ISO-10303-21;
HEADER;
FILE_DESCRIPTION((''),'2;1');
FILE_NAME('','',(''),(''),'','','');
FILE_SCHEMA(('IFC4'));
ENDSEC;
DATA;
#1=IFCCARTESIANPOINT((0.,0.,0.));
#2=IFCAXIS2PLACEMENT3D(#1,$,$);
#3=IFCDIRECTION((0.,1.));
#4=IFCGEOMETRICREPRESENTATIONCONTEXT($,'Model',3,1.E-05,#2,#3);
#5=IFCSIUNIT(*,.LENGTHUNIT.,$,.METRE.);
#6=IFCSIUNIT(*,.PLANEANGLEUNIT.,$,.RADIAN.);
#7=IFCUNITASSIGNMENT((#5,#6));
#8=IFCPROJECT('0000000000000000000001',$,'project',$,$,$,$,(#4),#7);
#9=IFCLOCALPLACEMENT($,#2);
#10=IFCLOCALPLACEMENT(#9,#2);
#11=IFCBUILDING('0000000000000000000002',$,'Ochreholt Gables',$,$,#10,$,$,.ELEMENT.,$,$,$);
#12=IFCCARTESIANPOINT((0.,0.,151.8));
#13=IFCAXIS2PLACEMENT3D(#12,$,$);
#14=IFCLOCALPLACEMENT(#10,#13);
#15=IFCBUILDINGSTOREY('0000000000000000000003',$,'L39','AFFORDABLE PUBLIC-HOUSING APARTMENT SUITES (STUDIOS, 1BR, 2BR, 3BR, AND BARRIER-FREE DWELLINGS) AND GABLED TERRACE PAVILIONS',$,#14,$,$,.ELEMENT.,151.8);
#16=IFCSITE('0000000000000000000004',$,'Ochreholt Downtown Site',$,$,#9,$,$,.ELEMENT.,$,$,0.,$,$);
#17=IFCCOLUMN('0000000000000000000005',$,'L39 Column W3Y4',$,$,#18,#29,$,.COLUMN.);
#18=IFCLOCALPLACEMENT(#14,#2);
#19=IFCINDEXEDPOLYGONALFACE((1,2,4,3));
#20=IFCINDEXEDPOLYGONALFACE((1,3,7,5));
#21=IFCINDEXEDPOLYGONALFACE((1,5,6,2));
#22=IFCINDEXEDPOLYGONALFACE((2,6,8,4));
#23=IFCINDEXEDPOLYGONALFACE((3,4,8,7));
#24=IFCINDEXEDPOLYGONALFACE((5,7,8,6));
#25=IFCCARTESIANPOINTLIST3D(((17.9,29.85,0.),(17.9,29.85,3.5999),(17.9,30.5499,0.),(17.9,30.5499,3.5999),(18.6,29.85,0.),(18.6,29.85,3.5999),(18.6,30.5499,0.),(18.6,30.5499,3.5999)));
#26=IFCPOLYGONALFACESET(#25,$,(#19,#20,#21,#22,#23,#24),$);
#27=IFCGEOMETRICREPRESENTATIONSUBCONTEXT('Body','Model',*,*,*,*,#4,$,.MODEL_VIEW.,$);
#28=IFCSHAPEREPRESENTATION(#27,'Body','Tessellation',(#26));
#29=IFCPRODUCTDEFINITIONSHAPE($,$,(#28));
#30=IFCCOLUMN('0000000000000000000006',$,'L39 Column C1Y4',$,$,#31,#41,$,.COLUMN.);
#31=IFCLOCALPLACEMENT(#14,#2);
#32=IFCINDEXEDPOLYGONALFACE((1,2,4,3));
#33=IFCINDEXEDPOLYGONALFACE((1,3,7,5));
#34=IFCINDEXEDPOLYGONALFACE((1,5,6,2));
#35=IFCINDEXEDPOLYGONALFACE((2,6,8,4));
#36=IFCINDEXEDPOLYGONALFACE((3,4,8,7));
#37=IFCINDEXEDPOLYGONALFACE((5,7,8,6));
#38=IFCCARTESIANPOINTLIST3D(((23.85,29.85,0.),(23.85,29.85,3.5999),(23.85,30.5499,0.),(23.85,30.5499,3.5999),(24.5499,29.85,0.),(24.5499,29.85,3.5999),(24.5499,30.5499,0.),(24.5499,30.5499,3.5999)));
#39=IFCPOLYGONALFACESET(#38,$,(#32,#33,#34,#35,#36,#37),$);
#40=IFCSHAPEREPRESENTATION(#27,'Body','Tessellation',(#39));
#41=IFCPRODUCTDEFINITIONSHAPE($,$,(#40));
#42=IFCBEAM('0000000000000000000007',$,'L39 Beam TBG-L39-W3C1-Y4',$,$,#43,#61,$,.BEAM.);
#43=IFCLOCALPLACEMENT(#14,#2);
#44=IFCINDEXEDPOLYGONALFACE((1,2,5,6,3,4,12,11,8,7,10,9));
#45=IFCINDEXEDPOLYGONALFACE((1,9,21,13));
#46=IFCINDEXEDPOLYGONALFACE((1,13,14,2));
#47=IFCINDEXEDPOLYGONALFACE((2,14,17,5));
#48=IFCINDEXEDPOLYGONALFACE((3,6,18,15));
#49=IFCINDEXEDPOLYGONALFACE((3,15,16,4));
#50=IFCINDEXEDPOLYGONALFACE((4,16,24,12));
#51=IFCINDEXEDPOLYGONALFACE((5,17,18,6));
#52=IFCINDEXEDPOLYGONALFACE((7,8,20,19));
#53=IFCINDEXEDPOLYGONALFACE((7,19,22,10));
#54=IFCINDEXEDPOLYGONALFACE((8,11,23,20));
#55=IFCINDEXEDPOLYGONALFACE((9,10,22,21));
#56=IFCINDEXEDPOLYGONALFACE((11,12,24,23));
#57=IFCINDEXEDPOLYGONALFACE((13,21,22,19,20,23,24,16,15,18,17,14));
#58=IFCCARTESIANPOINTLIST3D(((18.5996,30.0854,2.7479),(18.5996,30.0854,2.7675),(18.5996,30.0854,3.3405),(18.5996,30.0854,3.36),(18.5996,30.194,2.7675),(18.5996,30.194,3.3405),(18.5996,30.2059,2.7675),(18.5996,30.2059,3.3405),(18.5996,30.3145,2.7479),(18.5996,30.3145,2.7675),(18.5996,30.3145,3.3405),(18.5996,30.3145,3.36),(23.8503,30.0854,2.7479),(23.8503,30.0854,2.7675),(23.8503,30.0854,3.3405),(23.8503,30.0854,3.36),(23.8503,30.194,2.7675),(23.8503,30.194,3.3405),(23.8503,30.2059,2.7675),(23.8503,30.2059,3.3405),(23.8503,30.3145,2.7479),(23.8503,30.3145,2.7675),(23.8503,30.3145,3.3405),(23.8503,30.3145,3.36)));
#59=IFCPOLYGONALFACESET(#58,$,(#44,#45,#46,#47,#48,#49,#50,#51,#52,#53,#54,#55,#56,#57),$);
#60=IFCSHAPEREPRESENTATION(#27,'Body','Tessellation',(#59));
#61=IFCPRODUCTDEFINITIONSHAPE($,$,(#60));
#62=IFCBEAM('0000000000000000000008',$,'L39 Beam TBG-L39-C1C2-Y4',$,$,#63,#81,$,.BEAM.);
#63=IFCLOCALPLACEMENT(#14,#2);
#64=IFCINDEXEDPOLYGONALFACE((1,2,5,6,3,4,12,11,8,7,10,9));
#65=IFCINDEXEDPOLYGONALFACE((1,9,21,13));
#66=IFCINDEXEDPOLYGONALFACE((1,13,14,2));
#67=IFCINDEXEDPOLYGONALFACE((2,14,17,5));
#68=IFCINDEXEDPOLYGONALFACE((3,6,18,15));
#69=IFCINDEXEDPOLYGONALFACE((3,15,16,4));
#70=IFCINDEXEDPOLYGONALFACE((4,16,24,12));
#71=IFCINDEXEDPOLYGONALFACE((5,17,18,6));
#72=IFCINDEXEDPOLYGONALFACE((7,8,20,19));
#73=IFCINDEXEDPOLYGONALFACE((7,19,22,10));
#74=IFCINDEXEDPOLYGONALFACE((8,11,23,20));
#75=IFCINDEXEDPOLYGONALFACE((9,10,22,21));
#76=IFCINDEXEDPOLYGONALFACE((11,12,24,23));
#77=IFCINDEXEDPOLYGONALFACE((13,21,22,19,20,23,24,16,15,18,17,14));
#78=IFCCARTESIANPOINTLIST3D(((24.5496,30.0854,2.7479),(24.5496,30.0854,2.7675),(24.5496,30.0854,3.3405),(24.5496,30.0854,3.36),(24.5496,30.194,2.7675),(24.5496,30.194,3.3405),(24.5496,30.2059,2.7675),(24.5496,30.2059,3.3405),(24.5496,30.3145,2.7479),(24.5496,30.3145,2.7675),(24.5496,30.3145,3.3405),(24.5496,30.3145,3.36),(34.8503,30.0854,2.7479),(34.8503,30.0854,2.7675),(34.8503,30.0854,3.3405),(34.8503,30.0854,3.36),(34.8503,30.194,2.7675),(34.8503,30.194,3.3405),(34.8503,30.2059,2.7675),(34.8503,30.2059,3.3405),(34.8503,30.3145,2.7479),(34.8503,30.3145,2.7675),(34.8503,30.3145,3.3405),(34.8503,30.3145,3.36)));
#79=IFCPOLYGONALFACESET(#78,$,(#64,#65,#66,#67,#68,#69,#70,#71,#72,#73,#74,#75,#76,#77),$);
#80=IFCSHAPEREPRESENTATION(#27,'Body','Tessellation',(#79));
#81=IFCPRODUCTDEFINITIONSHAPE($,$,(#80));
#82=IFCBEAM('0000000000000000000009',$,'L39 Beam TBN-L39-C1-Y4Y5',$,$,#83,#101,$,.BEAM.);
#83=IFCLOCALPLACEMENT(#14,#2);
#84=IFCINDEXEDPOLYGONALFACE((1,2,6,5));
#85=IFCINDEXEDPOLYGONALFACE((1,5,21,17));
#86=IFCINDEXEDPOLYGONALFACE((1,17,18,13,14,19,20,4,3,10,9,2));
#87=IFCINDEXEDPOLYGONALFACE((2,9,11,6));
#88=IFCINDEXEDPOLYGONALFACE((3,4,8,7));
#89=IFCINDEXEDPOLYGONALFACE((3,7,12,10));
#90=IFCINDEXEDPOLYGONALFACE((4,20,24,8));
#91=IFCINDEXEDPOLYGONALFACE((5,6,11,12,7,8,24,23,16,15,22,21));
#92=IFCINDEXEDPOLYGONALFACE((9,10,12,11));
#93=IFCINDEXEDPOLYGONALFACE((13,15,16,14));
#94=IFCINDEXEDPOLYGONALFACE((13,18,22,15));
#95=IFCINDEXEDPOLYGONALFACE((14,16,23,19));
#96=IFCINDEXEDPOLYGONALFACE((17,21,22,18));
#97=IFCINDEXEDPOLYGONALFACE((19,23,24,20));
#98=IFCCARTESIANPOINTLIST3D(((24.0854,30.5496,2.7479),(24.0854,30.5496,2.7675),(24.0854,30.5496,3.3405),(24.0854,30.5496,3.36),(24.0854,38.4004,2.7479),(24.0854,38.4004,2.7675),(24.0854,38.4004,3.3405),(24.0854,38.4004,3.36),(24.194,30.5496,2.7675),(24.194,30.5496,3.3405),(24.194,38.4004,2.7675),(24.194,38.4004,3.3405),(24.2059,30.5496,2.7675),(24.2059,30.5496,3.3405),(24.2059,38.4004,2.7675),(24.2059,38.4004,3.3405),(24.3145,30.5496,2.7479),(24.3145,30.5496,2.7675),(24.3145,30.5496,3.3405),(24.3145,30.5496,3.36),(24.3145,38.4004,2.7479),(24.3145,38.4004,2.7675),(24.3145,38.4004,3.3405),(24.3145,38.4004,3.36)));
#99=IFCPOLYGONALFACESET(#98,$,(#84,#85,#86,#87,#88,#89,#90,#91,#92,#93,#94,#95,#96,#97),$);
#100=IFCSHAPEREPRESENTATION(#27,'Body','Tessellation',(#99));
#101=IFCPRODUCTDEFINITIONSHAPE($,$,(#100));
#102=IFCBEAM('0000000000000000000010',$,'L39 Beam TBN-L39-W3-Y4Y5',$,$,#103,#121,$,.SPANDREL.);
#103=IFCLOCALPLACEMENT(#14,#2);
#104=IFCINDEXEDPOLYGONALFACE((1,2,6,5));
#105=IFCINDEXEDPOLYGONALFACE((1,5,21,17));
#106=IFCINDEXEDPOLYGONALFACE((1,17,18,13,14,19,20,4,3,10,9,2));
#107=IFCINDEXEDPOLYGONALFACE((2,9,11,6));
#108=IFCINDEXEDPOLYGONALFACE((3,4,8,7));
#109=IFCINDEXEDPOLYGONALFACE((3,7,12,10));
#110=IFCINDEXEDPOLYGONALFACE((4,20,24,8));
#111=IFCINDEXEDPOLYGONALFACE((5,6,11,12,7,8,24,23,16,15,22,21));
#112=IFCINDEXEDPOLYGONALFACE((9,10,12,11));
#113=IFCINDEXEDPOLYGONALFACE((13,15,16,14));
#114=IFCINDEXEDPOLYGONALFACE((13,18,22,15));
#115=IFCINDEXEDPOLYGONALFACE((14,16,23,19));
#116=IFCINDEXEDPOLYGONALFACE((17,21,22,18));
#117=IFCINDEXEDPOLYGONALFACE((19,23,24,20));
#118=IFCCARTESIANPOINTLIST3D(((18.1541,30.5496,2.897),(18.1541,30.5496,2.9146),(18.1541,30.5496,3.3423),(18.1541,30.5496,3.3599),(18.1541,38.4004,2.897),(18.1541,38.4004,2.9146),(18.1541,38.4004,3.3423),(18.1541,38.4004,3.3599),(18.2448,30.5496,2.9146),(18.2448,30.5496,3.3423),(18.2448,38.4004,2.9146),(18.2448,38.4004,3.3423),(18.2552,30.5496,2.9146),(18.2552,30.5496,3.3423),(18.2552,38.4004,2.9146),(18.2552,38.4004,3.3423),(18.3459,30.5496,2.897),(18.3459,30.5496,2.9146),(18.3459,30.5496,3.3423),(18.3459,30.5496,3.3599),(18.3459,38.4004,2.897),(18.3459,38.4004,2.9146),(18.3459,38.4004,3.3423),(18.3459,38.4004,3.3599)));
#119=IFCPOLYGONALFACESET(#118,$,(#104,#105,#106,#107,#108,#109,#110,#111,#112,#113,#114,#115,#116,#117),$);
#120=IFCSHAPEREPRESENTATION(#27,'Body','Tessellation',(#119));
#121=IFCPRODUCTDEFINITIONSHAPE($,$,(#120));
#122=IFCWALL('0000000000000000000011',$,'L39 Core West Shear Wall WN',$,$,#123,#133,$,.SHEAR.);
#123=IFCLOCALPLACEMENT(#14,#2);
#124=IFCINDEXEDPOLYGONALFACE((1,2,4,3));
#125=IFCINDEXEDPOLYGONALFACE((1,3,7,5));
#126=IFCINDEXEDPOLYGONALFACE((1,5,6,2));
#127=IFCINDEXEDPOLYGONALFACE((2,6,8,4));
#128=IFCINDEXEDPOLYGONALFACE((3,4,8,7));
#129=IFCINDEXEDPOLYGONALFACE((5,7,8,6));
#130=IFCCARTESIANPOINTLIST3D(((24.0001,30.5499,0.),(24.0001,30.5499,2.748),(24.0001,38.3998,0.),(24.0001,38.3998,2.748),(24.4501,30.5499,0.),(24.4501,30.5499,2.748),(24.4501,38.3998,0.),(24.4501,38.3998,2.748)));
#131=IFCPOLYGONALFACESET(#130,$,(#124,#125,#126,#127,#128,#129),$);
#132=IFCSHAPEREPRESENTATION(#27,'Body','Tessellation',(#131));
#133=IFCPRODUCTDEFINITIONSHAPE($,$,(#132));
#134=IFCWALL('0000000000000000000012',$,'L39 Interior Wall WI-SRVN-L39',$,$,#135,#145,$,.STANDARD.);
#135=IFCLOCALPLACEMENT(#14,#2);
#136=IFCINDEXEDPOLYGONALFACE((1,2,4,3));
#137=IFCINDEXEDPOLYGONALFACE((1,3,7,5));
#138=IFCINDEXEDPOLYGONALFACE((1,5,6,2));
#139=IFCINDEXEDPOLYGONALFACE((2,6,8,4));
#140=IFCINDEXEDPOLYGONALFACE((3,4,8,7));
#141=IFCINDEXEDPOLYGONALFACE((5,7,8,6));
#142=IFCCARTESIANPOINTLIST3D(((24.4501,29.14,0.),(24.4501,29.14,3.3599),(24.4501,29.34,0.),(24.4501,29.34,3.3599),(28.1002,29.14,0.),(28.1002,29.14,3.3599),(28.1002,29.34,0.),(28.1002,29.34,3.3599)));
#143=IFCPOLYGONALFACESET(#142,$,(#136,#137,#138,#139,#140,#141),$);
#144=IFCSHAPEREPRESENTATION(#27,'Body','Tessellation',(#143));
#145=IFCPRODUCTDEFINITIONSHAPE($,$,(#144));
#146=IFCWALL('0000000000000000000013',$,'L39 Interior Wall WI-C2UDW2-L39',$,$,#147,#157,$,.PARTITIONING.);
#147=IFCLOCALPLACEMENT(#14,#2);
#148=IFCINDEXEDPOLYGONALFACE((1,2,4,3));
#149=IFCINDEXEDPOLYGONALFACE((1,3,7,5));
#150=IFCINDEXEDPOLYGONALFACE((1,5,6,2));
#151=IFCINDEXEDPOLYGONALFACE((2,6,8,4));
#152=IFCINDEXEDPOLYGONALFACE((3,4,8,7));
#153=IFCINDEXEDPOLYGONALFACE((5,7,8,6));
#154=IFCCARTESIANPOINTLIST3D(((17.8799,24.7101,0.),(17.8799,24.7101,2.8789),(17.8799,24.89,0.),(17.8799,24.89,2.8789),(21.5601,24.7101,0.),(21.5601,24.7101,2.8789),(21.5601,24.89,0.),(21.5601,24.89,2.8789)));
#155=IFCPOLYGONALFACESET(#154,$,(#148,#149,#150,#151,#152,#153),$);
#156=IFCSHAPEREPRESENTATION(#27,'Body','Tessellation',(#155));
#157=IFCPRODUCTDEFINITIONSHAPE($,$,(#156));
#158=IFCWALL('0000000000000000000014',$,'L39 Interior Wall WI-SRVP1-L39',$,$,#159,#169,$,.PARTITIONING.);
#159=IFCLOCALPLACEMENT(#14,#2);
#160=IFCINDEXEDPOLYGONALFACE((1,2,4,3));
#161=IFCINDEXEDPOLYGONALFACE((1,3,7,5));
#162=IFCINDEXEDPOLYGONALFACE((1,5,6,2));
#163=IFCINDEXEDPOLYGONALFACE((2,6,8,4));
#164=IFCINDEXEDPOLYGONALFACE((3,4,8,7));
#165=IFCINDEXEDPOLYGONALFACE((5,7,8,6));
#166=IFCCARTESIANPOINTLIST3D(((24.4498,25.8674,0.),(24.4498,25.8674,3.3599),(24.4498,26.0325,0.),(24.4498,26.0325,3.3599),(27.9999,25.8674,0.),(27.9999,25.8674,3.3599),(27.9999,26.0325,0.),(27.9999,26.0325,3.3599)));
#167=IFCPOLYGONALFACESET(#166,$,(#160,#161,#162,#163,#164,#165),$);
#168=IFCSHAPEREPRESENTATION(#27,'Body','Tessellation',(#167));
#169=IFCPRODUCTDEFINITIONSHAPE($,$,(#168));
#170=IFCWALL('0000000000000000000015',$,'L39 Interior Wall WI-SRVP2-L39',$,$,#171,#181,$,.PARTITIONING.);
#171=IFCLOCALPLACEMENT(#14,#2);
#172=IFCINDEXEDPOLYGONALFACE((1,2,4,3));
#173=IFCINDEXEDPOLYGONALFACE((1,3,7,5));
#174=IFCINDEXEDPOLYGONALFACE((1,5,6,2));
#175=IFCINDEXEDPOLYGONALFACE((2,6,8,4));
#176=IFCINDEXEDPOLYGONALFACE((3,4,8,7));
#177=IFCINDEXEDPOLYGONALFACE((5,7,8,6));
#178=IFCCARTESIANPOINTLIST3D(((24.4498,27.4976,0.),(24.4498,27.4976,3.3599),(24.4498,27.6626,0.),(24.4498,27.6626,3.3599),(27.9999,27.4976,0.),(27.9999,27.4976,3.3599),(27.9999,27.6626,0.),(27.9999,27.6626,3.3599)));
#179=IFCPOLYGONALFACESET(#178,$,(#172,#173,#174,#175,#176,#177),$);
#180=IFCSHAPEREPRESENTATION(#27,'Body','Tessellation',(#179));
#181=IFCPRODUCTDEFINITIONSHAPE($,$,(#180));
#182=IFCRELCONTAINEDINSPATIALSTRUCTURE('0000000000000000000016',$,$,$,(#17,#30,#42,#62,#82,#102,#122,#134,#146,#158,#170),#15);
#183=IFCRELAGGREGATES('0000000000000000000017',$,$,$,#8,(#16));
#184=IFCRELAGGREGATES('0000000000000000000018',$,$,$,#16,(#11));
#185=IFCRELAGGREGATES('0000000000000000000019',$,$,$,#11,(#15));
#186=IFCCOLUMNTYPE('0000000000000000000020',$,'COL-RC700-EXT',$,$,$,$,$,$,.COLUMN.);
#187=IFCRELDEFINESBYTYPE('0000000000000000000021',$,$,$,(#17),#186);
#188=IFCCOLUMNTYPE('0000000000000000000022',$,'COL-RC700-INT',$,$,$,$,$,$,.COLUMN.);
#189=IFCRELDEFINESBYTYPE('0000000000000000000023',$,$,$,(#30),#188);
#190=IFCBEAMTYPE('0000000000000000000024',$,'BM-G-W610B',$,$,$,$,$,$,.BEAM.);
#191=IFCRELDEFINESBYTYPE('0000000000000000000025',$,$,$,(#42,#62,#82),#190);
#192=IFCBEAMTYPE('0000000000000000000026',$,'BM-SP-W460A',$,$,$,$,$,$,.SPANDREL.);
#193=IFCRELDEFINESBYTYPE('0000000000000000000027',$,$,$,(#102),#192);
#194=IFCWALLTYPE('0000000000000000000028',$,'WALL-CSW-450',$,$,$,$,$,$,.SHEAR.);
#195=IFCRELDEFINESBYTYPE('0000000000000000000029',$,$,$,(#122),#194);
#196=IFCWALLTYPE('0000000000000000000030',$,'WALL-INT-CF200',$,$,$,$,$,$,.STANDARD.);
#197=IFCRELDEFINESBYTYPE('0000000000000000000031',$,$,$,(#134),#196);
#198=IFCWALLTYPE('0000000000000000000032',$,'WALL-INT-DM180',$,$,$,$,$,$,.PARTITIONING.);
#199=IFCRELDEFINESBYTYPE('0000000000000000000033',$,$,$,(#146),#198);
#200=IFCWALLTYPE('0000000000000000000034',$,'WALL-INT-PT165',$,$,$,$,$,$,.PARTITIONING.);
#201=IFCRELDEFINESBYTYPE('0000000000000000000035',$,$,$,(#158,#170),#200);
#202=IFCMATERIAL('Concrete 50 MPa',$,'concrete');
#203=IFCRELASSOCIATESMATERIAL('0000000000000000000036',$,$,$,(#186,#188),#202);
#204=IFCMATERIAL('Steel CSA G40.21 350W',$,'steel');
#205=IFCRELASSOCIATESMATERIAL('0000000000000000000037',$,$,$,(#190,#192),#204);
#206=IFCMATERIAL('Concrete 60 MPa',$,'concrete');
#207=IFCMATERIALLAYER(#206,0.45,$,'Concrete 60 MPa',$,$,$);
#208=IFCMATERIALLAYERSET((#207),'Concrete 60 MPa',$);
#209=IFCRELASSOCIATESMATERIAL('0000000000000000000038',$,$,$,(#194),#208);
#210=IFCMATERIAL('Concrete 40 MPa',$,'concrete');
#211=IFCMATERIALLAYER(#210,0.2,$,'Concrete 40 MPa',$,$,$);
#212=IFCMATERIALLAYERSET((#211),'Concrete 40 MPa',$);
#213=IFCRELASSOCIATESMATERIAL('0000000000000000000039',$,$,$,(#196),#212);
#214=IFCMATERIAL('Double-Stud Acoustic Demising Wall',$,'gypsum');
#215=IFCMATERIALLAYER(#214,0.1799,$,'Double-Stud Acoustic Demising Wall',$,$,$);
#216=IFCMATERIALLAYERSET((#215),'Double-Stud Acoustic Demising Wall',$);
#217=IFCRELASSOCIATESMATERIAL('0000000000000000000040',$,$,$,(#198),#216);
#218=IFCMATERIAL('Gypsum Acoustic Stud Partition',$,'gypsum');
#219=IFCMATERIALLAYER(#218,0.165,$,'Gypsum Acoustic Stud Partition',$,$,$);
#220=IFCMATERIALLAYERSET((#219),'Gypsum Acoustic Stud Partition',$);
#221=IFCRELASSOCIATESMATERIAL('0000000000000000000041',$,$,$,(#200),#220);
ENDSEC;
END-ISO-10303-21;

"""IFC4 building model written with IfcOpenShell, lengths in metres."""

from ifc_helpers import new_model, si_unit, direction, frame, frame_2d, origin, origin_2d, place, context, subcontext, project, spatial, rectangle, i_section, extrude, material, layer, layer_set, material_profile, profile_set, type_object, element, save


model = new_model("IFC4")

# Units and contexts
model_context = context("Model", 3, precision=1e-05, world=origin(), true_north=direction((0.0, 1.0)))
body_context = subcontext(model_context, "Body", "Model", "MODEL_VIEW")
ifc_project = project(units=[si_unit("LENGTHUNIT", "METRE"), si_unit("PLANEANGLEUNIT", "RADIAN")], contexts=[model_context])

# Site, building, storey
site_placement = place(None, origin())
site = spatial("IfcSite", under=ifc_project, at=site_placement, Name="Ochreholt Downtown Site", CompositionType="ELEMENT", RefElevation=0.0)
building_placement = place(site_placement, origin())
building = spatial("IfcBuilding", under=site, at=building_placement, Name="Ochreholt Gables", CompositionType="ELEMENT")
storey_placement = place(building_placement, frame((0.0, 0.0, 151.8)))
storey = spatial("IfcBuildingStorey", under=building, at=storey_placement, Name="L39", Description="AFFORDABLE PUBLIC-HOUSING APARTMENT SUITES (STUDIOS, 1BR, 2BR, 3BR, AND BARRIER-FREE DWELLINGS) AND GABLED TERRACE PAVILIONS", CompositionType="ELEMENT", Elevation=151.8)

# Columns
ifc_material_1 = material(Name="Concrete 50 MPa", Category="concrete")
ifc_material_profile_1 = material_profile(ifc_material_1, rectangle(XDim=0.7, YDim=0.7, at=origin_2d()), Name="RC700X700")
ifc_profile_set_1 = profile_set([ifc_material_profile_1], Name="Concrete 50 MPa")
column_type_1 = type_object("IfcColumnType", Name="COL-RC700-EXT", PredefinedType="COLUMN", material=ifc_profile_set_1)
column_1_placement = place(storey_placement, frame((18.25, 30.2, 0.0), z_axis=(0.0, 0.0, 1.0), x_axis=(1.0, 0.0, 0.0)))
element("IfcColumn", 1, at=column_1_placement, inside=storey, type_object=column_type_1, Name="L39 Column W3Y4", PredefinedType="COLUMN", context=body_context, shape_type="SweptSolid", body=[
    extrude(rectangle(XDim=0.7, YDim=0.7, at=origin_2d()), origin(), (0.0, 0.0, 1.0), 3.5999),
])
ifc_material_profile_2 = material_profile(ifc_material_1, rectangle(XDim=0.7, YDim=0.7, at=origin_2d()), Name="RC700X700")
ifc_profile_set_2 = profile_set([ifc_material_profile_2], Name="Concrete 50 MPa")
column_type_2 = type_object("IfcColumnType", Name="COL-RC700-INT", PredefinedType="COLUMN", material=ifc_profile_set_2)
column_2_placement = place(storey_placement, frame((24.2, 30.2, 0.0), z_axis=(0.0, 0.0, 1.0), x_axis=(1.0, 0.0, 0.0)))
element("IfcColumn", 2, at=column_2_placement, inside=storey, type_object=column_type_2, Name="L39 Column C1Y4", PredefinedType="COLUMN", context=body_context, shape_type="SweptSolid", body=[
    extrude(rectangle(XDim=0.7, YDim=0.7, at=origin_2d()), origin(), (0.0, 0.0, 1.0), 3.5999),
])

# Beams
ifc_material_2 = material(Name="Steel CSA G40.21 350W", Category="steel")
ifc_material_profile_3 = material_profile(ifc_material_2, i_section(OverallWidth=0.229, OverallDepth=0.6121, WebThickness=0.012, FlangeThickness=0.0195, at=origin_2d()), Name="W610X125")
ifc_profile_set_3 = profile_set([ifc_material_profile_3], Name="Steel CSA G40.21 350W")
beam_type_1 = type_object("IfcBeamType", Name="BM-G-W610B", PredefinedType="BEAM", material=ifc_profile_set_3)
beam_1_placement = place(storey_placement, frame((18.5996, 30.2, 3.054), z_axis=(1.0, 0.0, 0.0), x_axis=(0.0, 1.0, 0.0)))
element("IfcBeam", 3, at=beam_1_placement, inside=storey, type_object=beam_type_1, Name="L39 Beam TBG-L39-W3C1-Y4", PredefinedType="BEAM", context=body_context, shape_type="SweptSolid", body=[
    extrude(i_section(OverallWidth=0.229, OverallDepth=0.6121, WebThickness=0.012, FlangeThickness=0.0195, at=origin_2d()), origin(), (0.0, 0.0, 1.0), 5.2507),
])
beam_2_placement = place(storey_placement, frame((24.5496, 30.2, 3.054), z_axis=(1.0, 0.0, 0.0), x_axis=(0.0, 1.0, 0.0)))
element("IfcBeam", 4, at=beam_2_placement, inside=storey, type_object=beam_type_1, Name="L39 Beam TBG-L39-C1C2-Y4", PredefinedType="BEAM", context=body_context, shape_type="SweptSolid", body=[
    extrude(i_section(OverallWidth=0.229, OverallDepth=0.6121, WebThickness=0.012, FlangeThickness=0.0195, at=origin_2d()), origin(), (0.0, 0.0, 1.0), 10.3008),
])
beam_3_placement = place(storey_placement, frame((24.2, 30.5496, 3.054), z_axis=(0.0, 1.0, 0.0), x_axis=(-1.0, 0.0, 0.0)))
element("IfcBeam", 5, at=beam_3_placement, inside=storey, type_object=beam_type_1, Name="L39 Beam TBN-L39-C1-Y4Y5", PredefinedType="BEAM", context=body_context, shape_type="SweptSolid", body=[
    extrude(i_section(OverallWidth=0.229, OverallDepth=0.6121, WebThickness=0.012, FlangeThickness=0.0195, at=origin_2d()), origin(), (0.0, 0.0, 1.0), 7.8508),
])
ifc_material_profile_4 = material_profile(ifc_material_2, i_section(OverallWidth=0.1919, OverallDepth=0.4629, WebThickness=0.0105, FlangeThickness=0.0176, at=origin_2d()), Name="W460X89")
ifc_profile_set_4 = profile_set([ifc_material_profile_4], Name="Steel CSA G40.21 350W")
beam_type_2 = type_object("IfcBeamType", Name="BM-SP-W460A", PredefinedType="SPANDREL", material=ifc_profile_set_4)
beam_4_placement = place(storey_placement, frame((18.25, 30.5496, 3.1284), z_axis=(0.0, 1.0, 0.0), x_axis=(-1.0, 0.0, 0.0)))
element("IfcBeam", 6, at=beam_4_placement, inside=storey, type_object=beam_type_2, Name="L39 Beam TBN-L39-W3-Y4Y5", PredefinedType="SPANDREL", context=body_context, shape_type="SweptSolid", body=[
    extrude(i_section(OverallWidth=0.1919, OverallDepth=0.4629, WebThickness=0.0105, FlangeThickness=0.0176, at=origin_2d()), origin(), (0.0, 0.0, 1.0), 7.8508),
])

# Walls
ifc_material_3 = material(Name="Concrete 60 MPa", Category="concrete")
ifc_layer_1 = layer(ifc_material_3, 0.45, Name="Concrete 60 MPa")
ifc_layer_set_1 = layer_set([ifc_layer_1], Name="Concrete 60 MPa")
wall_type_1 = type_object("IfcWallType", Name="WALL-CSW-450", PredefinedType="SHEAR", material=ifc_layer_set_1)
wall_1_placement = place(storey_placement, frame((24.2251, 30.55, 0.0), z_axis=(0.0, 0.0, 1.0), x_axis=(0.0, 1.0, 0.0)))
element("IfcWall", 7, at=wall_1_placement, inside=storey, type_object=wall_type_1, Name="L39 Core West Shear Wall WN", PredefinedType="SHEAR", context=body_context, shape_type="SweptSolid", body=[
    extrude(rectangle(XDim=7.8499, YDim=0.45, at=frame_2d((3.9248, 0.0))), origin(), (0.0, 0.0, 1.0), 2.748),
])
ifc_material_4 = material(Name="Concrete 40 MPa", Category="concrete")
ifc_layer_2 = layer(ifc_material_4, 0.2, Name="Concrete 40 MPa")
ifc_layer_set_2 = layer_set([ifc_layer_2], Name="Concrete 40 MPa")
wall_type_2 = type_object("IfcWallType", Name="WALL-INT-CF200", PredefinedType="STANDARD", material=ifc_layer_set_2)
wall_2_placement = place(storey_placement, frame((24.45, 29.24, 0.0), z_axis=(0.0, 0.0, 1.0), x_axis=(1.0, 0.0, 0.0)))
element("IfcWall", 8, at=wall_2_placement, inside=storey, type_object=wall_type_2, Name="L39 Interior Wall WI-SRVN-L39", PredefinedType="STANDARD", context=body_context, shape_type="SweptSolid", body=[
    extrude(rectangle(XDim=3.6501, YDim=0.2, at=frame_2d((1.8252, 0.0))), origin(), (0.0, 0.0, 1.0), 3.3599),
])
ifc_material_5 = material(Name="Double-Stud Acoustic Demising Wall", Category="gypsum")
ifc_layer_3 = layer(ifc_material_5, 0.1799, Name="Double-Stud Acoustic Demising Wall")
ifc_layer_set_3 = layer_set([ifc_layer_3], Name="Double-Stud Acoustic Demising Wall")
wall_type_3 = type_object("IfcWallType", Name="WALL-INT-DM180", PredefinedType="PARTITIONING", material=ifc_layer_set_3)
wall_3_placement = place(storey_placement, frame((17.8799, 24.8, 0.0), z_axis=(0.0, 0.0, 1.0), x_axis=(1.0, 0.0, 0.0)))
element("IfcWall", 9, at=wall_3_placement, inside=storey, type_object=wall_type_3, Name="L39 Interior Wall WI-C2UDW2-L39", PredefinedType="PARTITIONING", context=body_context, shape_type="SweptSolid", body=[
    extrude(rectangle(XDim=3.6802, YDim=0.1799, at=frame_2d((1.8401, 0.0))), origin(), (0.0, 0.0, 1.0), 2.8789),
])
ifc_material_6 = material(Name="Gypsum Acoustic Stud Partition", Category="gypsum")
ifc_layer_4 = layer(ifc_material_6, 0.165, Name="Gypsum Acoustic Stud Partition")
ifc_layer_set_4 = layer_set([ifc_layer_4], Name="Gypsum Acoustic Stud Partition")
wall_type_4 = type_object("IfcWallType", Name="WALL-INT-PT165", PredefinedType="PARTITIONING", material=ifc_layer_set_4)
for number, where, z_axis, x_axis, name in (
    (10, (24.45, 25.95, 0.0), (0.0, 0.0, 1.0), (1.0, 0.0, 0.0), "L39 Interior Wall WI-SRVP1-L39"),
    (11, (24.45, 27.5801, 0.0), (0.0, 0.0, 1.0), (1.0, 0.0, 0.0), "L39 Interior Wall WI-SRVP2-L39"),
):
    element("IfcWall", number, at=place(storey_placement, frame(where, z_axis=z_axis, x_axis=x_axis)), inside=storey, type_object=wall_type_4, Name=name, PredefinedType="PARTITIONING", context=body_context, shape_type="SweptSolid", body=[
        extrude(rectangle(XDim=3.55, YDim=0.165, at=frame_2d((1.7749, 0.0))), origin(), (0.0, 0.0, 1.0), 3.3599),
    ])

save(model, "model.ifc")
